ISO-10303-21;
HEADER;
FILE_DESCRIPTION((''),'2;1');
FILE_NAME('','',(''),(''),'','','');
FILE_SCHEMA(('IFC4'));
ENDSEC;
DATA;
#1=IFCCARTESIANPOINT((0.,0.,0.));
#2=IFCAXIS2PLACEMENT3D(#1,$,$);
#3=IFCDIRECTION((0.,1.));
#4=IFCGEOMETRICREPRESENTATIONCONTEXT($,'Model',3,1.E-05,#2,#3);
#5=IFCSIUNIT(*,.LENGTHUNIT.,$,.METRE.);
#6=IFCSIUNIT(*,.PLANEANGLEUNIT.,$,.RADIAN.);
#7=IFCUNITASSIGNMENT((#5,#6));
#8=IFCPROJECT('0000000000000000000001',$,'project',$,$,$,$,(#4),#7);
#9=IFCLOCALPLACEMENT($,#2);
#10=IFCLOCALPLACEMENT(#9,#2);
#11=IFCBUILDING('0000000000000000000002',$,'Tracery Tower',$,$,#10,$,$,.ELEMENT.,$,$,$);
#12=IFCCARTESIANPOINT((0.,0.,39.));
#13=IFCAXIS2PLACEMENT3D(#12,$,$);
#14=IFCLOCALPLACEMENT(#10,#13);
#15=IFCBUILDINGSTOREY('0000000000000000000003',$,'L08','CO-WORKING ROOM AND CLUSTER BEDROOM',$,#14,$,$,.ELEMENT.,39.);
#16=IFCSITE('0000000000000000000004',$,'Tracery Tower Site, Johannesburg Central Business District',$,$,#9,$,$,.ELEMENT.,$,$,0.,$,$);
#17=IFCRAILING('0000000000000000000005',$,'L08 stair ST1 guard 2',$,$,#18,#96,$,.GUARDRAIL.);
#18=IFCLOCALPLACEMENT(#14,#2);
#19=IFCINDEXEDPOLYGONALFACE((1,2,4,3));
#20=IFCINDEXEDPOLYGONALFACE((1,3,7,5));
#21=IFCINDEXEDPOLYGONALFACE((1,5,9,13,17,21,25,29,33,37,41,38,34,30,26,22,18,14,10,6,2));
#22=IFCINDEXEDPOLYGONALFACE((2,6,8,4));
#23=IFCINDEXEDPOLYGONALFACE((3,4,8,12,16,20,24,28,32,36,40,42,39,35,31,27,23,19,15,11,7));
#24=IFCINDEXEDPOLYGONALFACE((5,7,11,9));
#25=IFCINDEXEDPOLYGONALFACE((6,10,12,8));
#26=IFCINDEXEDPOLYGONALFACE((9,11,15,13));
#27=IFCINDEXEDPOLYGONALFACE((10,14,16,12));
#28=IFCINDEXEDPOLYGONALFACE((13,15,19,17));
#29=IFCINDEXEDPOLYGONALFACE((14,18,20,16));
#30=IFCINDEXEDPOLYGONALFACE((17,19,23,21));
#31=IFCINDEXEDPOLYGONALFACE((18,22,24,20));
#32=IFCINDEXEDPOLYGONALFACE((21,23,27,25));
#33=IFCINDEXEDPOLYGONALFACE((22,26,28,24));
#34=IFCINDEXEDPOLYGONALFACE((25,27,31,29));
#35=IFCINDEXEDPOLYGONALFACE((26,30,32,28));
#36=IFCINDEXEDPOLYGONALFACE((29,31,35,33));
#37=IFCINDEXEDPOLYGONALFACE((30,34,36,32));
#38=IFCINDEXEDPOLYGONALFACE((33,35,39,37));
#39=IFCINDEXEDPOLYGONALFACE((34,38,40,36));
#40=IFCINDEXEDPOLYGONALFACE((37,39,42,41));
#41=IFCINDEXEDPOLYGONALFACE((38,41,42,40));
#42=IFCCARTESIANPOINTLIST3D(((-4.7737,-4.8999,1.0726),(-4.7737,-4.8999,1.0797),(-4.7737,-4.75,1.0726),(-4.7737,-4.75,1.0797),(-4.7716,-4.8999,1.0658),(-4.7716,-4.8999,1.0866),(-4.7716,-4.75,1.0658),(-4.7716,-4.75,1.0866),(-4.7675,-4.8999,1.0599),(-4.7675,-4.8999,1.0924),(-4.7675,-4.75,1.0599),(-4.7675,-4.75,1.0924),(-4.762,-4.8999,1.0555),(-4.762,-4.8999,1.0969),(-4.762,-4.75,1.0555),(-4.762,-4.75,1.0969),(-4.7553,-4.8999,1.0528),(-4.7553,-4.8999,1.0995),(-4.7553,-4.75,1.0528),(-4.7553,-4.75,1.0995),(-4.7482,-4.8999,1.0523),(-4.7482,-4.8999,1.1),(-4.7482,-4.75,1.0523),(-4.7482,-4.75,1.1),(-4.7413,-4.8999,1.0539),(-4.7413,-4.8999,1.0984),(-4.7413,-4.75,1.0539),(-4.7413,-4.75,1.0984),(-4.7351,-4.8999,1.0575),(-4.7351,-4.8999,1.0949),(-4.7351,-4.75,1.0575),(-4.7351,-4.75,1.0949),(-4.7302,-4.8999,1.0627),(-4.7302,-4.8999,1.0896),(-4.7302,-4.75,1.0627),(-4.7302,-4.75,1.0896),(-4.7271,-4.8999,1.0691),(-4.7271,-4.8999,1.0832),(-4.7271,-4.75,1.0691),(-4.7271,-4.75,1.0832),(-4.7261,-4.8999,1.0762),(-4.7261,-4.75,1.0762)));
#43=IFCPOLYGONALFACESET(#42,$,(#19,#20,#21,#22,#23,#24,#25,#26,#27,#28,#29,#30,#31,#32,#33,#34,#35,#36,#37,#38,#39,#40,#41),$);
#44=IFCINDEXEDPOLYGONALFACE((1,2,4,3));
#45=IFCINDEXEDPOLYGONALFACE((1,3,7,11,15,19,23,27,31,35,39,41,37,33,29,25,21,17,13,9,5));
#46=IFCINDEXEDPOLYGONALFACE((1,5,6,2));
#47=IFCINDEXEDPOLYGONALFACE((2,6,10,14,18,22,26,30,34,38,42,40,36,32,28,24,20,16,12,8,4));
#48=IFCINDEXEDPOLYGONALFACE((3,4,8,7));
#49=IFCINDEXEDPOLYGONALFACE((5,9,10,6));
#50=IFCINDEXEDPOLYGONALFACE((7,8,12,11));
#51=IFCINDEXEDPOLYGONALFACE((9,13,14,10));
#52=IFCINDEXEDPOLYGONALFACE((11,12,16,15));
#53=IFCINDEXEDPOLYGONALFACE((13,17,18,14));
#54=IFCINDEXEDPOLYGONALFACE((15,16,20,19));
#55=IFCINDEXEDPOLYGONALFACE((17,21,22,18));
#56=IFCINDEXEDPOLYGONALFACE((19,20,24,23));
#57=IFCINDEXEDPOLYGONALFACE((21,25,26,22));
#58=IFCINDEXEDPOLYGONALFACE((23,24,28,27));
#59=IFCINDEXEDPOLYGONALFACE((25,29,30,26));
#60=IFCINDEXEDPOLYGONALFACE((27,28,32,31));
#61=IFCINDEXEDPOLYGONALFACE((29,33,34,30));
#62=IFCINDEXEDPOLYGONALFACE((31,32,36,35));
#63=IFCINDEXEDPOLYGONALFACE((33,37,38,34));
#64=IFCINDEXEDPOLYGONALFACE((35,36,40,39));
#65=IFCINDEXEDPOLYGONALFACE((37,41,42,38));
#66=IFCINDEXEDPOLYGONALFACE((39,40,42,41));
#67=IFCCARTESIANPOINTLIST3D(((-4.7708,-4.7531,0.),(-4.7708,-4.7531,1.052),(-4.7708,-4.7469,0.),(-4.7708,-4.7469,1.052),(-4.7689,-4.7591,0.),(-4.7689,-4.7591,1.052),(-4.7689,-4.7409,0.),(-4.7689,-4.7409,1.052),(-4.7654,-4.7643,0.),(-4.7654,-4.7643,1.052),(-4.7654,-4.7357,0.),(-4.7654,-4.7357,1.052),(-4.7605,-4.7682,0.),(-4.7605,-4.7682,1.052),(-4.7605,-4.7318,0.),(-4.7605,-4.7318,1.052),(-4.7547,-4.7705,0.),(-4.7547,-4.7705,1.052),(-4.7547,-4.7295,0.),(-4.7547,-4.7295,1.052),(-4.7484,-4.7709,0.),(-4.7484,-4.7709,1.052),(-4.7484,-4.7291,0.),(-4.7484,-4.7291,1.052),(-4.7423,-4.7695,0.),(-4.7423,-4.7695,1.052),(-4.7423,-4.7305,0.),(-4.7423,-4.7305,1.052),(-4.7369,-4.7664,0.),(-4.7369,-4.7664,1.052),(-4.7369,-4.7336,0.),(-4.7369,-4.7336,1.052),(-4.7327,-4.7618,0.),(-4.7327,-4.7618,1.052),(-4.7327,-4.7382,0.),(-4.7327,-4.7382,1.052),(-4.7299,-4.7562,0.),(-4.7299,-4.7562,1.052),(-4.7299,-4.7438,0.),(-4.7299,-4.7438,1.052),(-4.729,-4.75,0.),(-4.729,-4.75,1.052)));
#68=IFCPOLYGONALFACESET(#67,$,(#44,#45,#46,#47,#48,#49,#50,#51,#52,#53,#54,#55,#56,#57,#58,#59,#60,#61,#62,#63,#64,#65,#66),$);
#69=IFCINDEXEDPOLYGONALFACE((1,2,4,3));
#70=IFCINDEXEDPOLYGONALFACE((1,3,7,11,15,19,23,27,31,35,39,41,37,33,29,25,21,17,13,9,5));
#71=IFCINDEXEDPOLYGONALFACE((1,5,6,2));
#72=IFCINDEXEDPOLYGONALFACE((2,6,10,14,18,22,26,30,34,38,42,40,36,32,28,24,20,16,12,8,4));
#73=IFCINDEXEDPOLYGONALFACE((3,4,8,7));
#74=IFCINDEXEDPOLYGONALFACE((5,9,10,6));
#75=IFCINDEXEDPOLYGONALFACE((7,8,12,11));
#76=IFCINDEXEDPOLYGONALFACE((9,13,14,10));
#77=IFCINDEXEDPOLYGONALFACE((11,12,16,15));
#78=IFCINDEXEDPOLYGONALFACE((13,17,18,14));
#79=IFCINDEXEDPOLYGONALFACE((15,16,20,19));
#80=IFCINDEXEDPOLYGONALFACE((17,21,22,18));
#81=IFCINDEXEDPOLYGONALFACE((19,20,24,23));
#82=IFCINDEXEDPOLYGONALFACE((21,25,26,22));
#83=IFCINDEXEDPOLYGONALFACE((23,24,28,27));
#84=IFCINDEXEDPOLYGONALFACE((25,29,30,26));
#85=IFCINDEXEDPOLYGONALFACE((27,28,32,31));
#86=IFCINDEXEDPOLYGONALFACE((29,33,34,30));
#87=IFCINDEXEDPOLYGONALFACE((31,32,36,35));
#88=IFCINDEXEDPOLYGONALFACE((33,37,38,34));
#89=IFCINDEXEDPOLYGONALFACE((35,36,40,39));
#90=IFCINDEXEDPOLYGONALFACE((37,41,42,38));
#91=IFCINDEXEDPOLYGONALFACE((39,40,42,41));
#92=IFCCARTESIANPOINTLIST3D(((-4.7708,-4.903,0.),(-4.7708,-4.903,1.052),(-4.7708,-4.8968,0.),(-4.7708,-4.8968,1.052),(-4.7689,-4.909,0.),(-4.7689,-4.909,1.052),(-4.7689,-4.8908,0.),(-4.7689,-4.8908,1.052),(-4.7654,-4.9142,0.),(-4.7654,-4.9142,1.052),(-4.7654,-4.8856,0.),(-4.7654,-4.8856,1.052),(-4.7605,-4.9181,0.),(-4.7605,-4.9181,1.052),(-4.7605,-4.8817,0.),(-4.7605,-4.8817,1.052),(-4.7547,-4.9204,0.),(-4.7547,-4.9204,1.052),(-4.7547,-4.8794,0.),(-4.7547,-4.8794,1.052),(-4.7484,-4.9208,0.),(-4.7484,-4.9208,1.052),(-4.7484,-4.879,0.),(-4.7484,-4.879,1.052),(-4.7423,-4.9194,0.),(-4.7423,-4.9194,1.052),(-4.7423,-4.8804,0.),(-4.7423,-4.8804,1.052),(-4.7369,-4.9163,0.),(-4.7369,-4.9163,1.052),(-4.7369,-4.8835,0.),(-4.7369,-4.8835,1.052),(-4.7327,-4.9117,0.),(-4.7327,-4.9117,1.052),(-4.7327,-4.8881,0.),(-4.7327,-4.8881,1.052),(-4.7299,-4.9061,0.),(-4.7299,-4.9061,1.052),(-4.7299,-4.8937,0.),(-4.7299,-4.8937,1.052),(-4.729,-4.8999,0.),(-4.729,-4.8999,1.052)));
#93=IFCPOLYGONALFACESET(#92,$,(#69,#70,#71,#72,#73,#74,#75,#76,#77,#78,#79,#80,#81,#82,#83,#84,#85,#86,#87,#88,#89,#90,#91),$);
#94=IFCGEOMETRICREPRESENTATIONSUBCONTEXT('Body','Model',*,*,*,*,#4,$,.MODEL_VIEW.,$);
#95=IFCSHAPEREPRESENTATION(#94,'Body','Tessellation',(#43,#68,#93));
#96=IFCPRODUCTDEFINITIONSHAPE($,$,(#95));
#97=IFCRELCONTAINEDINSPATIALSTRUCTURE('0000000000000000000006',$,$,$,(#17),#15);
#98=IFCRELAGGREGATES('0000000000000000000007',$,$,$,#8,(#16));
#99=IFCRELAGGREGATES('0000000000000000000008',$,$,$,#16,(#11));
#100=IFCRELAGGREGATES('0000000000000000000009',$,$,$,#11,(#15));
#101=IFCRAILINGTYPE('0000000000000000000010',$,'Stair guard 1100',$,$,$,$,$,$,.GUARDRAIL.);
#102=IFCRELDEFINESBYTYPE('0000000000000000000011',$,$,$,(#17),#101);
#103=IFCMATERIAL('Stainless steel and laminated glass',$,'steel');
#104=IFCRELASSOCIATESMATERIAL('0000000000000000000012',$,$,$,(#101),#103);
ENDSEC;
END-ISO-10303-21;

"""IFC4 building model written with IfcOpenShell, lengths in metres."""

from ifc_helpers import new_model, si_unit, direction, frame, origin, origin_2d, place, context, subcontext, project, spatial, circle, extrude, material, type_object, element, save


model = new_model("IFC4")

# Units and contexts
model_context = context("Model", 3, precision=1e-05, world=origin(), true_north=direction((0.0, 1.0)))
body_context = subcontext(model_context, "Body", "Model", "MODEL_VIEW")
ifc_project = project(units=[si_unit("LENGTHUNIT", "METRE"), si_unit("PLANEANGLEUNIT", "RADIAN")], contexts=[model_context])

# Site, building, storey
site_placement = place(None, origin())
site = spatial("IfcSite", under=ifc_project, at=site_placement, Name="Tracery Tower Site, Johannesburg Central Business District", CompositionType="ELEMENT", RefElevation=0.0)
building_placement = place(site_placement, origin())
building = spatial("IfcBuilding", under=site, at=building_placement, Name="Tracery Tower", CompositionType="ELEMENT")
storey_placement = place(building_placement, frame((0.0, 0.0, 39.0)))
storey = spatial("IfcBuildingStorey", under=building, at=storey_placement, Name="L08", Description="CO-WORKING ROOM AND CLUSTER BEDROOM", CompositionType="ELEMENT", Elevation=39.0)

# Railing
ifc_material_1 = material(Name="Stainless steel and laminated glass", Category="steel")
railing_type_1 = type_object("IfcRailingType", Name="Stair guard 1100", PredefinedType="GUARDRAIL", material=ifc_material_1)
railing_1_placement = place(storey_placement, frame((-4.75, -4.75, 0.0)))
element("IfcRailing", 1, at=railing_1_placement, inside=storey, type_object=railing_type_1, Name="L08 stair ST1 guard 2", PredefinedType="GUARDRAIL", context=body_context, shape_type="SweptSolid", body=[
    extrude(circle(Radius=0.0239, at=origin_2d()), frame((0.0, 0.0, 1.0762), z_axis=(0.0, -1.0, 0.0), x_axis=(1.0, 0.0, 0.0)), (0.0, 0.0, 1.0), 0.1499),
    extrude(circle(Radius=0.021, at=origin_2d()), origin(), (0.0, 0.0, 1.0), 1.052),
    extrude(circle(Radius=0.021, at=origin_2d()), frame((0.0, -0.1499, 0.0)), (0.0, 0.0, 1.0), 1.052),
])

save(model, "model.ifc")
